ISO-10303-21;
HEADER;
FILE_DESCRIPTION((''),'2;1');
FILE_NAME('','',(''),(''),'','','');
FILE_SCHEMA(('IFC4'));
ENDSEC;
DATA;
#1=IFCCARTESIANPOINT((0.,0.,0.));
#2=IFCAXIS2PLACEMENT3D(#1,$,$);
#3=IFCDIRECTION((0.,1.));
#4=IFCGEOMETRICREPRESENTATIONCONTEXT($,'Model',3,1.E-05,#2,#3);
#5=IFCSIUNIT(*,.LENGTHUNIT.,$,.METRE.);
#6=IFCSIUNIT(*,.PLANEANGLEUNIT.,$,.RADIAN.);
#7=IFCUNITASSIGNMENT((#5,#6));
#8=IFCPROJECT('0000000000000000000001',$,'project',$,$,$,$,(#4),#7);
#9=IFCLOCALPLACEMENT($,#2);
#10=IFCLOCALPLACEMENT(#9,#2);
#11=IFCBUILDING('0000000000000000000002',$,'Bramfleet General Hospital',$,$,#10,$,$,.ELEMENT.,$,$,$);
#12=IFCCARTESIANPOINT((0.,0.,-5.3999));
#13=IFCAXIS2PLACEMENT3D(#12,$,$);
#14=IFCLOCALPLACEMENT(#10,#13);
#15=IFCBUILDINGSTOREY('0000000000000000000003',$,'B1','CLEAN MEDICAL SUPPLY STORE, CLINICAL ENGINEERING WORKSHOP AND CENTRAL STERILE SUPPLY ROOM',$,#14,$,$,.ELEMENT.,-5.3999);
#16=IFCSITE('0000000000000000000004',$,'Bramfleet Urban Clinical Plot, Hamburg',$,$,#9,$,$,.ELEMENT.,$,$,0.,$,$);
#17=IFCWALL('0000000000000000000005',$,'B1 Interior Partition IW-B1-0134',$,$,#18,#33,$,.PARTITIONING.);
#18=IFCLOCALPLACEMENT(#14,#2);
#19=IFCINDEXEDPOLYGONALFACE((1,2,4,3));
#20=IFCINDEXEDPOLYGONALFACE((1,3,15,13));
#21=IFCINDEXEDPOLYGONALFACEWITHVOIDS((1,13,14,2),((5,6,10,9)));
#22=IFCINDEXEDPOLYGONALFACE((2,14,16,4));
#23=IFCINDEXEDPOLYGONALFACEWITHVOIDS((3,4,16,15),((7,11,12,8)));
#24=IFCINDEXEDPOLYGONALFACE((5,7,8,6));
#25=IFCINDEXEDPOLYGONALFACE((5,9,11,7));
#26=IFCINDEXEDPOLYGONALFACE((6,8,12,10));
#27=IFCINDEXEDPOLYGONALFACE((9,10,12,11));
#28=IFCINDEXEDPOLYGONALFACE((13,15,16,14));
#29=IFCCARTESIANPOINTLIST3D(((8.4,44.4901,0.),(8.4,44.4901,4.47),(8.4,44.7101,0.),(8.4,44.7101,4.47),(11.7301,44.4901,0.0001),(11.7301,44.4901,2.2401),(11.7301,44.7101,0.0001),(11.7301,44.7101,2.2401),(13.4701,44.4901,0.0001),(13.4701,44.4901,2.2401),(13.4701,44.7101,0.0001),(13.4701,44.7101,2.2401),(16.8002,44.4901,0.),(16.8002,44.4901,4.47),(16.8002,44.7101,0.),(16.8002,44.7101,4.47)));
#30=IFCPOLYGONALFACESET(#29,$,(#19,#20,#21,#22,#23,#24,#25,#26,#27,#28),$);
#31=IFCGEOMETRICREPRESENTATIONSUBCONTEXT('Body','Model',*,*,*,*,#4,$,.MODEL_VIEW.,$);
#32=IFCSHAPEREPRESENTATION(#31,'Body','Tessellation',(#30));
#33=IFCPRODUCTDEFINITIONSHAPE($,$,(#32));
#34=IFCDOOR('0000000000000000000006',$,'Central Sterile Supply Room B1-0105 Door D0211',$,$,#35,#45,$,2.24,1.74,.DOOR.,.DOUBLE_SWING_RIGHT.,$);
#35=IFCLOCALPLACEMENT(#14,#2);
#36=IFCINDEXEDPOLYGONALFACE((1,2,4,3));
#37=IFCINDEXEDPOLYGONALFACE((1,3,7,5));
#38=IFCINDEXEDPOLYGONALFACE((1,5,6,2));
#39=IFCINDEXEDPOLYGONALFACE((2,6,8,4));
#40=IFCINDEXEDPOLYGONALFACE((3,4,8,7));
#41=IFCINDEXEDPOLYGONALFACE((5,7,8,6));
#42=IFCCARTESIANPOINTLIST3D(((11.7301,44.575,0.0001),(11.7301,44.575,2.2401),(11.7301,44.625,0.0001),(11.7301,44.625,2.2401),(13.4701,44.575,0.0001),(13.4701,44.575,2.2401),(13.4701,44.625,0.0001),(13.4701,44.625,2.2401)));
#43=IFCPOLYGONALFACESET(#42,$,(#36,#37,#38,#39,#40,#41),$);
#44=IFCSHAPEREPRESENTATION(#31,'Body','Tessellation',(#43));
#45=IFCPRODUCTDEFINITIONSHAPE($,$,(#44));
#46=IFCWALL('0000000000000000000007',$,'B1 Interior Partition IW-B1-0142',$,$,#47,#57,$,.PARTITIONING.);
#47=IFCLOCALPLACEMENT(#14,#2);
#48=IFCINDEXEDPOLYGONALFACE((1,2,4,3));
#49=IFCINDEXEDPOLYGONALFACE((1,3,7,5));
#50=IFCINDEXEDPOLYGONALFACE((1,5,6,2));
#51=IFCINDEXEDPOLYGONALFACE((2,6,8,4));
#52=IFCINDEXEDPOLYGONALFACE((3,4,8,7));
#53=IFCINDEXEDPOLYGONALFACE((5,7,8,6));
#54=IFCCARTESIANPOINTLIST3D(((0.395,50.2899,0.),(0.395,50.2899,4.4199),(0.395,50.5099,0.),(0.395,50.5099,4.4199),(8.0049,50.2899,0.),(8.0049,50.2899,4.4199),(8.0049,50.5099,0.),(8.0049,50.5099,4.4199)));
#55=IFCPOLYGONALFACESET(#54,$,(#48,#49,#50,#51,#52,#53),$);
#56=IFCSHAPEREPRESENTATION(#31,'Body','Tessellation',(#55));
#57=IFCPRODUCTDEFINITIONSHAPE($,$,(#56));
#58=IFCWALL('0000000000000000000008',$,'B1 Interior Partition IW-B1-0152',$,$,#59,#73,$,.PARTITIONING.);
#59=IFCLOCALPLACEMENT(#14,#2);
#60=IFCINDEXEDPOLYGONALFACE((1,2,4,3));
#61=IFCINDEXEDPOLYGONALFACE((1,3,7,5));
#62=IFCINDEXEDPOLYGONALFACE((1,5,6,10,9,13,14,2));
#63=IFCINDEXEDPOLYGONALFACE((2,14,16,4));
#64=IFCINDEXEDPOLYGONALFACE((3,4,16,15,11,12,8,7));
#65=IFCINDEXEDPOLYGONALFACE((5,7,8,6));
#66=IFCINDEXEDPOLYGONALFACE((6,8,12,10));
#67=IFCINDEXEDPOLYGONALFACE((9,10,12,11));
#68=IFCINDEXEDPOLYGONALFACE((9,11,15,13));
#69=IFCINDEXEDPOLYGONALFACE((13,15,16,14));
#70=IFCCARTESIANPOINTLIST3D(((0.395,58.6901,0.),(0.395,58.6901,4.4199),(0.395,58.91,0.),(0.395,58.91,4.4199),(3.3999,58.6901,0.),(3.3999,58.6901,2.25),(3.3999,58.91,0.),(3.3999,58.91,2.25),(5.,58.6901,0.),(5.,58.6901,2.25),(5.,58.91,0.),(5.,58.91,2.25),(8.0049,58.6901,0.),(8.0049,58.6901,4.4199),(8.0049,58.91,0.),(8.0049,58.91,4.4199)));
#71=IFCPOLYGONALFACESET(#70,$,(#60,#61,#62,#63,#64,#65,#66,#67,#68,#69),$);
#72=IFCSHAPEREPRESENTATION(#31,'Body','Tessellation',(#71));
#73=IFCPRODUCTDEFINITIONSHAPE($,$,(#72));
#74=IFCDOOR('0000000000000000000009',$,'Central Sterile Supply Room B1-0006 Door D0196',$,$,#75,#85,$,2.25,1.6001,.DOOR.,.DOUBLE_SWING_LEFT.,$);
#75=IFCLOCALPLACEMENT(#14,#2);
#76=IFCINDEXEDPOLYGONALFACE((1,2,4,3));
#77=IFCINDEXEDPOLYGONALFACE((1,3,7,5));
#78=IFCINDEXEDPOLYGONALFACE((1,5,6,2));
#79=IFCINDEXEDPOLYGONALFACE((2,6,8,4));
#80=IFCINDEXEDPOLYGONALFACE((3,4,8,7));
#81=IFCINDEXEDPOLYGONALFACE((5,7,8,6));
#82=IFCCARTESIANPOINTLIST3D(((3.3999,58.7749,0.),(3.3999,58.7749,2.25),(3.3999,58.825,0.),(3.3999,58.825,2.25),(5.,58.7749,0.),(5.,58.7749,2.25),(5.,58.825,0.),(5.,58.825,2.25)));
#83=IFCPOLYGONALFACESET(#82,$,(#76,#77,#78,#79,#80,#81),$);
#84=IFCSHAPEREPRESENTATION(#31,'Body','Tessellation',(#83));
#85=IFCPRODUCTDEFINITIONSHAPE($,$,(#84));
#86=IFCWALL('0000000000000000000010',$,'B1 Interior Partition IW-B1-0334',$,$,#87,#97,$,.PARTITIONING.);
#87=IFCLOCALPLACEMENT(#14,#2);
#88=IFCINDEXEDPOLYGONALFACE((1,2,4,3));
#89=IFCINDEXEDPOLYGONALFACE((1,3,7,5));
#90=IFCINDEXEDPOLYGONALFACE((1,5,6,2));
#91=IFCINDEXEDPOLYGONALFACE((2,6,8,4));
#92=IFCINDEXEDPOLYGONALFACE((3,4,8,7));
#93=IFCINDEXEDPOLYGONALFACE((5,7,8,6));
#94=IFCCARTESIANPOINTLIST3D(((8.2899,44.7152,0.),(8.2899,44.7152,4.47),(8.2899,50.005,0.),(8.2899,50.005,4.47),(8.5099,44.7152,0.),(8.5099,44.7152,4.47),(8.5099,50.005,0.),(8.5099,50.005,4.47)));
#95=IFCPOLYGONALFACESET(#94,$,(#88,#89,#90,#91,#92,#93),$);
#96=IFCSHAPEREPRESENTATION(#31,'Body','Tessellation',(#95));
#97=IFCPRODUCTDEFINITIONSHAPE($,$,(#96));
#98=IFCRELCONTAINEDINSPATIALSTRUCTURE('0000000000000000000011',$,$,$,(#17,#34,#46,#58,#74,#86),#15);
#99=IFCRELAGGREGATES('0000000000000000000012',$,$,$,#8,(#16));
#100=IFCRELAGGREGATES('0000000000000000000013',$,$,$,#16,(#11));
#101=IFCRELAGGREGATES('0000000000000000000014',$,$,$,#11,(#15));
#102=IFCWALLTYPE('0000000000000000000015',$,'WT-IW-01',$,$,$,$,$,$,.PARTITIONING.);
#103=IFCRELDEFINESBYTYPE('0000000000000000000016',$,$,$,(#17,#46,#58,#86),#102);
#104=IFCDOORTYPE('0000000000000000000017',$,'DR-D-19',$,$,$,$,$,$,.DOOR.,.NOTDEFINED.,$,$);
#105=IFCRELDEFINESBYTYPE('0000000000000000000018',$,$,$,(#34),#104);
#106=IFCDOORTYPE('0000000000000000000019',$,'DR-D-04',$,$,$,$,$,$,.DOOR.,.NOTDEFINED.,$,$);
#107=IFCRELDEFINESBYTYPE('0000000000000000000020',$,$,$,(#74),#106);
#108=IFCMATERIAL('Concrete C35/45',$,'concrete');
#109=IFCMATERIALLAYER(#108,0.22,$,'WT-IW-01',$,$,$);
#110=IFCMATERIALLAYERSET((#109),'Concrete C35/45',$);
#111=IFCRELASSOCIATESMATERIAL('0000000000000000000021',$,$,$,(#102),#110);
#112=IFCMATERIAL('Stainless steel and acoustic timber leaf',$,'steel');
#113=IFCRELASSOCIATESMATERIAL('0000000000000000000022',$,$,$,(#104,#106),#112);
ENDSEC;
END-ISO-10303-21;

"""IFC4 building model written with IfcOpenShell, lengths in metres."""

from ifc_helpers import new_model, si_unit, direction, frame, frame_2d, origin, place, context, subcontext, project, spatial, rectangle, extrude, material, layer, layer_set, type_object, element, fill, save


model = new_model("IFC4")

# Units and contexts
model_context = context("Model", 3, precision=1e-05, world=origin(), true_north=direction((0.0, 1.0)))
body_context = subcontext(model_context, "Body", "Model", "MODEL_VIEW")
ifc_project = project(units=[si_unit("LENGTHUNIT", "METRE"), si_unit("PLANEANGLEUNIT", "RADIAN")], contexts=[model_context])

# Site, building, storey
site_placement = place(None, origin())
site = spatial("IfcSite", under=ifc_project, at=site_placement, Name="Bramfleet Urban Clinical Plot, Hamburg", CompositionType="ELEMENT", RefElevation=0.0)
building_placement = place(site_placement, origin())
building = spatial("IfcBuilding", under=site, at=building_placement, Name="Bramfleet General Hospital", CompositionType="ELEMENT")
storey_placement = place(building_placement, frame((0.0, 0.0, -5.3999)))
storey = spatial("IfcBuildingStorey", under=building, at=storey_placement, Name="B1", Description="CLEAN MEDICAL SUPPLY STORE, CLINICAL ENGINEERING WORKSHOP AND CENTRAL STERILE SUPPLY ROOM", CompositionType="ELEMENT", Elevation=-5.3999)

# Shared definitions
ifc_material_1 = material(Name="Concrete C35/45", Category="concrete")

# Wall, opening, door
ifc_layer_1 = layer(ifc_material_1, 0.22, Name="WT-IW-01")
ifc_layer_set_1 = layer_set([ifc_layer_1], Name="Concrete C35/45")
wall_type_1 = type_object("IfcWallType", Name="WT-IW-01", PredefinedType="PARTITIONING", material=ifc_layer_set_1)
ifc_material_2 = material(Name="Stainless steel and acoustic timber leaf", Category="steel")
wall_1_placement = place(storey_placement, frame((8.3999, 44.6001, 0.0), z_axis=(0.0, 0.0, 1.0), x_axis=(1.0, 0.0, 0.0)))
wall_1 = element("IfcWall", 1, at=wall_1_placement, inside=storey, type_object=wall_type_1, Name="B1 Interior Partition IW-B1-0134", PredefinedType="PARTITIONING", context=body_context, shape_type="SweptSolid", body=[
    extrude(rectangle(XDim=8.4001, YDim=0.22, at=frame_2d((4.2002, 0.0))), origin(), (0.0, 0.0, 1.0), 4.47),
])
opening_1_placement = place(wall_1_placement, frame((3.3301, 0.0, 0.0)))
opening_1 = element("IfcOpeningElement", 2, at=opening_1_placement, cuts=wall_1, PredefinedType="OPENING", context=body_context, shape_type="SweptSolid", body=[
    extrude(rectangle(XDim=1.74, YDim=2.24, at=frame_2d((0.8701, 1.1201))), frame((0.0, 0.1199, 0.0), z_axis=(0.0, -1.0, 0.0), x_axis=(1.0, 0.0, 0.0)), (0.0, 0.0, 1.0), 0.24),
])
door_type_1 = type_object("IfcDoorType", Name="DR-D-19", OperationType="NOTDEFINED", PredefinedType="DOOR", material=ifc_material_2)
door_1_placement = place(opening_1_placement, origin())
door_1 = element("IfcDoor", 3, at=door_1_placement, inside=storey, type_object=door_type_1, Name="Central Sterile Supply Room B1-0105 Door D0211", OperationType="DOUBLE_SWING_RIGHT", OverallHeight=2.24, OverallWidth=1.74, PredefinedType="DOOR", context=body_context, shape_type="SweptSolid", body=[
    extrude(rectangle(XDim=1.74, YDim=2.24, at=frame_2d((0.8701, 1.1201))), frame((0.0, 0.0249, 0.0), z_axis=(0.0, -1.0, 0.0), x_axis=(1.0, 0.0, 0.0)), (0.0, 0.0, 1.0), 0.05),
])
fill(opening_1, door_1)

# Wall
wall_2_placement = place(storey_placement, frame((0.395, 50.3999, 0.0), z_axis=(0.0, 0.0, 1.0), x_axis=(1.0, 0.0, 0.0)))
element("IfcWall", 4, at=wall_2_placement, inside=storey, type_object=wall_type_1, Name="B1 Interior Partition IW-B1-0142", PredefinedType="PARTITIONING", context=body_context, shape_type="SweptSolid", body=[
    extrude(rectangle(XDim=7.6099, YDim=0.22, at=frame_2d((3.8049, 0.0))), origin(), (0.0, 0.0, 1.0), 4.4199),
])

# Wall, opening, door
wall_3_placement = place(storey_placement, frame((0.395, 58.8, 0.0), z_axis=(0.0, 0.0, 1.0), x_axis=(1.0, 0.0, 0.0)))
wall_3 = element("IfcWall", 5, at=wall_3_placement, inside=storey, type_object=wall_type_1, Name="B1 Interior Partition IW-B1-0152", PredefinedType="PARTITIONING", context=body_context, shape_type="SweptSolid", body=[
    extrude(rectangle(XDim=7.6099, YDim=0.22, at=frame_2d((3.8049, 0.0))), origin(), (0.0, 0.0, 1.0), 4.4199),
])
opening_2_placement = place(wall_3_placement, frame((3.0049, 0.0, 0.0)))
opening_2 = element("IfcOpeningElement", 6, at=opening_2_placement, cuts=wall_3, PredefinedType="OPENING", context=body_context, shape_type="SweptSolid", body=[
    extrude(rectangle(XDim=1.6001, YDim=2.25, at=frame_2d((0.8, 1.125))), frame((0.0, 0.1199, 0.0), z_axis=(0.0, -1.0, 0.0), x_axis=(1.0, 0.0, 0.0)), (0.0, 0.0, 1.0), 0.24),
])
door_type_2 = type_object("IfcDoorType", Name="DR-D-04", OperationType="NOTDEFINED", PredefinedType="DOOR", material=ifc_material_2)
door_2_placement = place(opening_2_placement, origin())
door_2 = element("IfcDoor", 7, at=door_2_placement, inside=storey, type_object=door_type_2, Name="Central Sterile Supply Room B1-0006 Door D0196", OperationType="DOUBLE_SWING_LEFT", OverallHeight=2.25, OverallWidth=1.6001, PredefinedType="DOOR", context=body_context, shape_type="SweptSolid", body=[
    extrude(rectangle(XDim=1.6001, YDim=2.25, at=frame_2d((0.8, 1.125))), frame((0.0, 0.0249, 0.0), z_axis=(0.0, -1.0, 0.0), x_axis=(1.0, 0.0, 0.0)), (0.0, 0.0, 1.0), 0.05),
])
fill(opening_2, door_2)

# Wall
wall_4_placement = place(storey_placement, frame((8.3999, 44.7151, 0.0), z_axis=(0.0, 0.0, 1.0), x_axis=(0.0, 1.0, 0.0)))
element("IfcWall", 8, at=wall_4_placement, inside=storey, type_object=wall_type_1, Name="B1 Interior Partition IW-B1-0334", PredefinedType="PARTITIONING", context=body_context, shape_type="SweptSolid", body=[
    extrude(rectangle(XDim=5.2898, YDim=0.22, at=frame_2d((2.645, 0.0))), origin(), (0.0, 0.0, 1.0), 4.47),
])

save(model, "model.ifc")
